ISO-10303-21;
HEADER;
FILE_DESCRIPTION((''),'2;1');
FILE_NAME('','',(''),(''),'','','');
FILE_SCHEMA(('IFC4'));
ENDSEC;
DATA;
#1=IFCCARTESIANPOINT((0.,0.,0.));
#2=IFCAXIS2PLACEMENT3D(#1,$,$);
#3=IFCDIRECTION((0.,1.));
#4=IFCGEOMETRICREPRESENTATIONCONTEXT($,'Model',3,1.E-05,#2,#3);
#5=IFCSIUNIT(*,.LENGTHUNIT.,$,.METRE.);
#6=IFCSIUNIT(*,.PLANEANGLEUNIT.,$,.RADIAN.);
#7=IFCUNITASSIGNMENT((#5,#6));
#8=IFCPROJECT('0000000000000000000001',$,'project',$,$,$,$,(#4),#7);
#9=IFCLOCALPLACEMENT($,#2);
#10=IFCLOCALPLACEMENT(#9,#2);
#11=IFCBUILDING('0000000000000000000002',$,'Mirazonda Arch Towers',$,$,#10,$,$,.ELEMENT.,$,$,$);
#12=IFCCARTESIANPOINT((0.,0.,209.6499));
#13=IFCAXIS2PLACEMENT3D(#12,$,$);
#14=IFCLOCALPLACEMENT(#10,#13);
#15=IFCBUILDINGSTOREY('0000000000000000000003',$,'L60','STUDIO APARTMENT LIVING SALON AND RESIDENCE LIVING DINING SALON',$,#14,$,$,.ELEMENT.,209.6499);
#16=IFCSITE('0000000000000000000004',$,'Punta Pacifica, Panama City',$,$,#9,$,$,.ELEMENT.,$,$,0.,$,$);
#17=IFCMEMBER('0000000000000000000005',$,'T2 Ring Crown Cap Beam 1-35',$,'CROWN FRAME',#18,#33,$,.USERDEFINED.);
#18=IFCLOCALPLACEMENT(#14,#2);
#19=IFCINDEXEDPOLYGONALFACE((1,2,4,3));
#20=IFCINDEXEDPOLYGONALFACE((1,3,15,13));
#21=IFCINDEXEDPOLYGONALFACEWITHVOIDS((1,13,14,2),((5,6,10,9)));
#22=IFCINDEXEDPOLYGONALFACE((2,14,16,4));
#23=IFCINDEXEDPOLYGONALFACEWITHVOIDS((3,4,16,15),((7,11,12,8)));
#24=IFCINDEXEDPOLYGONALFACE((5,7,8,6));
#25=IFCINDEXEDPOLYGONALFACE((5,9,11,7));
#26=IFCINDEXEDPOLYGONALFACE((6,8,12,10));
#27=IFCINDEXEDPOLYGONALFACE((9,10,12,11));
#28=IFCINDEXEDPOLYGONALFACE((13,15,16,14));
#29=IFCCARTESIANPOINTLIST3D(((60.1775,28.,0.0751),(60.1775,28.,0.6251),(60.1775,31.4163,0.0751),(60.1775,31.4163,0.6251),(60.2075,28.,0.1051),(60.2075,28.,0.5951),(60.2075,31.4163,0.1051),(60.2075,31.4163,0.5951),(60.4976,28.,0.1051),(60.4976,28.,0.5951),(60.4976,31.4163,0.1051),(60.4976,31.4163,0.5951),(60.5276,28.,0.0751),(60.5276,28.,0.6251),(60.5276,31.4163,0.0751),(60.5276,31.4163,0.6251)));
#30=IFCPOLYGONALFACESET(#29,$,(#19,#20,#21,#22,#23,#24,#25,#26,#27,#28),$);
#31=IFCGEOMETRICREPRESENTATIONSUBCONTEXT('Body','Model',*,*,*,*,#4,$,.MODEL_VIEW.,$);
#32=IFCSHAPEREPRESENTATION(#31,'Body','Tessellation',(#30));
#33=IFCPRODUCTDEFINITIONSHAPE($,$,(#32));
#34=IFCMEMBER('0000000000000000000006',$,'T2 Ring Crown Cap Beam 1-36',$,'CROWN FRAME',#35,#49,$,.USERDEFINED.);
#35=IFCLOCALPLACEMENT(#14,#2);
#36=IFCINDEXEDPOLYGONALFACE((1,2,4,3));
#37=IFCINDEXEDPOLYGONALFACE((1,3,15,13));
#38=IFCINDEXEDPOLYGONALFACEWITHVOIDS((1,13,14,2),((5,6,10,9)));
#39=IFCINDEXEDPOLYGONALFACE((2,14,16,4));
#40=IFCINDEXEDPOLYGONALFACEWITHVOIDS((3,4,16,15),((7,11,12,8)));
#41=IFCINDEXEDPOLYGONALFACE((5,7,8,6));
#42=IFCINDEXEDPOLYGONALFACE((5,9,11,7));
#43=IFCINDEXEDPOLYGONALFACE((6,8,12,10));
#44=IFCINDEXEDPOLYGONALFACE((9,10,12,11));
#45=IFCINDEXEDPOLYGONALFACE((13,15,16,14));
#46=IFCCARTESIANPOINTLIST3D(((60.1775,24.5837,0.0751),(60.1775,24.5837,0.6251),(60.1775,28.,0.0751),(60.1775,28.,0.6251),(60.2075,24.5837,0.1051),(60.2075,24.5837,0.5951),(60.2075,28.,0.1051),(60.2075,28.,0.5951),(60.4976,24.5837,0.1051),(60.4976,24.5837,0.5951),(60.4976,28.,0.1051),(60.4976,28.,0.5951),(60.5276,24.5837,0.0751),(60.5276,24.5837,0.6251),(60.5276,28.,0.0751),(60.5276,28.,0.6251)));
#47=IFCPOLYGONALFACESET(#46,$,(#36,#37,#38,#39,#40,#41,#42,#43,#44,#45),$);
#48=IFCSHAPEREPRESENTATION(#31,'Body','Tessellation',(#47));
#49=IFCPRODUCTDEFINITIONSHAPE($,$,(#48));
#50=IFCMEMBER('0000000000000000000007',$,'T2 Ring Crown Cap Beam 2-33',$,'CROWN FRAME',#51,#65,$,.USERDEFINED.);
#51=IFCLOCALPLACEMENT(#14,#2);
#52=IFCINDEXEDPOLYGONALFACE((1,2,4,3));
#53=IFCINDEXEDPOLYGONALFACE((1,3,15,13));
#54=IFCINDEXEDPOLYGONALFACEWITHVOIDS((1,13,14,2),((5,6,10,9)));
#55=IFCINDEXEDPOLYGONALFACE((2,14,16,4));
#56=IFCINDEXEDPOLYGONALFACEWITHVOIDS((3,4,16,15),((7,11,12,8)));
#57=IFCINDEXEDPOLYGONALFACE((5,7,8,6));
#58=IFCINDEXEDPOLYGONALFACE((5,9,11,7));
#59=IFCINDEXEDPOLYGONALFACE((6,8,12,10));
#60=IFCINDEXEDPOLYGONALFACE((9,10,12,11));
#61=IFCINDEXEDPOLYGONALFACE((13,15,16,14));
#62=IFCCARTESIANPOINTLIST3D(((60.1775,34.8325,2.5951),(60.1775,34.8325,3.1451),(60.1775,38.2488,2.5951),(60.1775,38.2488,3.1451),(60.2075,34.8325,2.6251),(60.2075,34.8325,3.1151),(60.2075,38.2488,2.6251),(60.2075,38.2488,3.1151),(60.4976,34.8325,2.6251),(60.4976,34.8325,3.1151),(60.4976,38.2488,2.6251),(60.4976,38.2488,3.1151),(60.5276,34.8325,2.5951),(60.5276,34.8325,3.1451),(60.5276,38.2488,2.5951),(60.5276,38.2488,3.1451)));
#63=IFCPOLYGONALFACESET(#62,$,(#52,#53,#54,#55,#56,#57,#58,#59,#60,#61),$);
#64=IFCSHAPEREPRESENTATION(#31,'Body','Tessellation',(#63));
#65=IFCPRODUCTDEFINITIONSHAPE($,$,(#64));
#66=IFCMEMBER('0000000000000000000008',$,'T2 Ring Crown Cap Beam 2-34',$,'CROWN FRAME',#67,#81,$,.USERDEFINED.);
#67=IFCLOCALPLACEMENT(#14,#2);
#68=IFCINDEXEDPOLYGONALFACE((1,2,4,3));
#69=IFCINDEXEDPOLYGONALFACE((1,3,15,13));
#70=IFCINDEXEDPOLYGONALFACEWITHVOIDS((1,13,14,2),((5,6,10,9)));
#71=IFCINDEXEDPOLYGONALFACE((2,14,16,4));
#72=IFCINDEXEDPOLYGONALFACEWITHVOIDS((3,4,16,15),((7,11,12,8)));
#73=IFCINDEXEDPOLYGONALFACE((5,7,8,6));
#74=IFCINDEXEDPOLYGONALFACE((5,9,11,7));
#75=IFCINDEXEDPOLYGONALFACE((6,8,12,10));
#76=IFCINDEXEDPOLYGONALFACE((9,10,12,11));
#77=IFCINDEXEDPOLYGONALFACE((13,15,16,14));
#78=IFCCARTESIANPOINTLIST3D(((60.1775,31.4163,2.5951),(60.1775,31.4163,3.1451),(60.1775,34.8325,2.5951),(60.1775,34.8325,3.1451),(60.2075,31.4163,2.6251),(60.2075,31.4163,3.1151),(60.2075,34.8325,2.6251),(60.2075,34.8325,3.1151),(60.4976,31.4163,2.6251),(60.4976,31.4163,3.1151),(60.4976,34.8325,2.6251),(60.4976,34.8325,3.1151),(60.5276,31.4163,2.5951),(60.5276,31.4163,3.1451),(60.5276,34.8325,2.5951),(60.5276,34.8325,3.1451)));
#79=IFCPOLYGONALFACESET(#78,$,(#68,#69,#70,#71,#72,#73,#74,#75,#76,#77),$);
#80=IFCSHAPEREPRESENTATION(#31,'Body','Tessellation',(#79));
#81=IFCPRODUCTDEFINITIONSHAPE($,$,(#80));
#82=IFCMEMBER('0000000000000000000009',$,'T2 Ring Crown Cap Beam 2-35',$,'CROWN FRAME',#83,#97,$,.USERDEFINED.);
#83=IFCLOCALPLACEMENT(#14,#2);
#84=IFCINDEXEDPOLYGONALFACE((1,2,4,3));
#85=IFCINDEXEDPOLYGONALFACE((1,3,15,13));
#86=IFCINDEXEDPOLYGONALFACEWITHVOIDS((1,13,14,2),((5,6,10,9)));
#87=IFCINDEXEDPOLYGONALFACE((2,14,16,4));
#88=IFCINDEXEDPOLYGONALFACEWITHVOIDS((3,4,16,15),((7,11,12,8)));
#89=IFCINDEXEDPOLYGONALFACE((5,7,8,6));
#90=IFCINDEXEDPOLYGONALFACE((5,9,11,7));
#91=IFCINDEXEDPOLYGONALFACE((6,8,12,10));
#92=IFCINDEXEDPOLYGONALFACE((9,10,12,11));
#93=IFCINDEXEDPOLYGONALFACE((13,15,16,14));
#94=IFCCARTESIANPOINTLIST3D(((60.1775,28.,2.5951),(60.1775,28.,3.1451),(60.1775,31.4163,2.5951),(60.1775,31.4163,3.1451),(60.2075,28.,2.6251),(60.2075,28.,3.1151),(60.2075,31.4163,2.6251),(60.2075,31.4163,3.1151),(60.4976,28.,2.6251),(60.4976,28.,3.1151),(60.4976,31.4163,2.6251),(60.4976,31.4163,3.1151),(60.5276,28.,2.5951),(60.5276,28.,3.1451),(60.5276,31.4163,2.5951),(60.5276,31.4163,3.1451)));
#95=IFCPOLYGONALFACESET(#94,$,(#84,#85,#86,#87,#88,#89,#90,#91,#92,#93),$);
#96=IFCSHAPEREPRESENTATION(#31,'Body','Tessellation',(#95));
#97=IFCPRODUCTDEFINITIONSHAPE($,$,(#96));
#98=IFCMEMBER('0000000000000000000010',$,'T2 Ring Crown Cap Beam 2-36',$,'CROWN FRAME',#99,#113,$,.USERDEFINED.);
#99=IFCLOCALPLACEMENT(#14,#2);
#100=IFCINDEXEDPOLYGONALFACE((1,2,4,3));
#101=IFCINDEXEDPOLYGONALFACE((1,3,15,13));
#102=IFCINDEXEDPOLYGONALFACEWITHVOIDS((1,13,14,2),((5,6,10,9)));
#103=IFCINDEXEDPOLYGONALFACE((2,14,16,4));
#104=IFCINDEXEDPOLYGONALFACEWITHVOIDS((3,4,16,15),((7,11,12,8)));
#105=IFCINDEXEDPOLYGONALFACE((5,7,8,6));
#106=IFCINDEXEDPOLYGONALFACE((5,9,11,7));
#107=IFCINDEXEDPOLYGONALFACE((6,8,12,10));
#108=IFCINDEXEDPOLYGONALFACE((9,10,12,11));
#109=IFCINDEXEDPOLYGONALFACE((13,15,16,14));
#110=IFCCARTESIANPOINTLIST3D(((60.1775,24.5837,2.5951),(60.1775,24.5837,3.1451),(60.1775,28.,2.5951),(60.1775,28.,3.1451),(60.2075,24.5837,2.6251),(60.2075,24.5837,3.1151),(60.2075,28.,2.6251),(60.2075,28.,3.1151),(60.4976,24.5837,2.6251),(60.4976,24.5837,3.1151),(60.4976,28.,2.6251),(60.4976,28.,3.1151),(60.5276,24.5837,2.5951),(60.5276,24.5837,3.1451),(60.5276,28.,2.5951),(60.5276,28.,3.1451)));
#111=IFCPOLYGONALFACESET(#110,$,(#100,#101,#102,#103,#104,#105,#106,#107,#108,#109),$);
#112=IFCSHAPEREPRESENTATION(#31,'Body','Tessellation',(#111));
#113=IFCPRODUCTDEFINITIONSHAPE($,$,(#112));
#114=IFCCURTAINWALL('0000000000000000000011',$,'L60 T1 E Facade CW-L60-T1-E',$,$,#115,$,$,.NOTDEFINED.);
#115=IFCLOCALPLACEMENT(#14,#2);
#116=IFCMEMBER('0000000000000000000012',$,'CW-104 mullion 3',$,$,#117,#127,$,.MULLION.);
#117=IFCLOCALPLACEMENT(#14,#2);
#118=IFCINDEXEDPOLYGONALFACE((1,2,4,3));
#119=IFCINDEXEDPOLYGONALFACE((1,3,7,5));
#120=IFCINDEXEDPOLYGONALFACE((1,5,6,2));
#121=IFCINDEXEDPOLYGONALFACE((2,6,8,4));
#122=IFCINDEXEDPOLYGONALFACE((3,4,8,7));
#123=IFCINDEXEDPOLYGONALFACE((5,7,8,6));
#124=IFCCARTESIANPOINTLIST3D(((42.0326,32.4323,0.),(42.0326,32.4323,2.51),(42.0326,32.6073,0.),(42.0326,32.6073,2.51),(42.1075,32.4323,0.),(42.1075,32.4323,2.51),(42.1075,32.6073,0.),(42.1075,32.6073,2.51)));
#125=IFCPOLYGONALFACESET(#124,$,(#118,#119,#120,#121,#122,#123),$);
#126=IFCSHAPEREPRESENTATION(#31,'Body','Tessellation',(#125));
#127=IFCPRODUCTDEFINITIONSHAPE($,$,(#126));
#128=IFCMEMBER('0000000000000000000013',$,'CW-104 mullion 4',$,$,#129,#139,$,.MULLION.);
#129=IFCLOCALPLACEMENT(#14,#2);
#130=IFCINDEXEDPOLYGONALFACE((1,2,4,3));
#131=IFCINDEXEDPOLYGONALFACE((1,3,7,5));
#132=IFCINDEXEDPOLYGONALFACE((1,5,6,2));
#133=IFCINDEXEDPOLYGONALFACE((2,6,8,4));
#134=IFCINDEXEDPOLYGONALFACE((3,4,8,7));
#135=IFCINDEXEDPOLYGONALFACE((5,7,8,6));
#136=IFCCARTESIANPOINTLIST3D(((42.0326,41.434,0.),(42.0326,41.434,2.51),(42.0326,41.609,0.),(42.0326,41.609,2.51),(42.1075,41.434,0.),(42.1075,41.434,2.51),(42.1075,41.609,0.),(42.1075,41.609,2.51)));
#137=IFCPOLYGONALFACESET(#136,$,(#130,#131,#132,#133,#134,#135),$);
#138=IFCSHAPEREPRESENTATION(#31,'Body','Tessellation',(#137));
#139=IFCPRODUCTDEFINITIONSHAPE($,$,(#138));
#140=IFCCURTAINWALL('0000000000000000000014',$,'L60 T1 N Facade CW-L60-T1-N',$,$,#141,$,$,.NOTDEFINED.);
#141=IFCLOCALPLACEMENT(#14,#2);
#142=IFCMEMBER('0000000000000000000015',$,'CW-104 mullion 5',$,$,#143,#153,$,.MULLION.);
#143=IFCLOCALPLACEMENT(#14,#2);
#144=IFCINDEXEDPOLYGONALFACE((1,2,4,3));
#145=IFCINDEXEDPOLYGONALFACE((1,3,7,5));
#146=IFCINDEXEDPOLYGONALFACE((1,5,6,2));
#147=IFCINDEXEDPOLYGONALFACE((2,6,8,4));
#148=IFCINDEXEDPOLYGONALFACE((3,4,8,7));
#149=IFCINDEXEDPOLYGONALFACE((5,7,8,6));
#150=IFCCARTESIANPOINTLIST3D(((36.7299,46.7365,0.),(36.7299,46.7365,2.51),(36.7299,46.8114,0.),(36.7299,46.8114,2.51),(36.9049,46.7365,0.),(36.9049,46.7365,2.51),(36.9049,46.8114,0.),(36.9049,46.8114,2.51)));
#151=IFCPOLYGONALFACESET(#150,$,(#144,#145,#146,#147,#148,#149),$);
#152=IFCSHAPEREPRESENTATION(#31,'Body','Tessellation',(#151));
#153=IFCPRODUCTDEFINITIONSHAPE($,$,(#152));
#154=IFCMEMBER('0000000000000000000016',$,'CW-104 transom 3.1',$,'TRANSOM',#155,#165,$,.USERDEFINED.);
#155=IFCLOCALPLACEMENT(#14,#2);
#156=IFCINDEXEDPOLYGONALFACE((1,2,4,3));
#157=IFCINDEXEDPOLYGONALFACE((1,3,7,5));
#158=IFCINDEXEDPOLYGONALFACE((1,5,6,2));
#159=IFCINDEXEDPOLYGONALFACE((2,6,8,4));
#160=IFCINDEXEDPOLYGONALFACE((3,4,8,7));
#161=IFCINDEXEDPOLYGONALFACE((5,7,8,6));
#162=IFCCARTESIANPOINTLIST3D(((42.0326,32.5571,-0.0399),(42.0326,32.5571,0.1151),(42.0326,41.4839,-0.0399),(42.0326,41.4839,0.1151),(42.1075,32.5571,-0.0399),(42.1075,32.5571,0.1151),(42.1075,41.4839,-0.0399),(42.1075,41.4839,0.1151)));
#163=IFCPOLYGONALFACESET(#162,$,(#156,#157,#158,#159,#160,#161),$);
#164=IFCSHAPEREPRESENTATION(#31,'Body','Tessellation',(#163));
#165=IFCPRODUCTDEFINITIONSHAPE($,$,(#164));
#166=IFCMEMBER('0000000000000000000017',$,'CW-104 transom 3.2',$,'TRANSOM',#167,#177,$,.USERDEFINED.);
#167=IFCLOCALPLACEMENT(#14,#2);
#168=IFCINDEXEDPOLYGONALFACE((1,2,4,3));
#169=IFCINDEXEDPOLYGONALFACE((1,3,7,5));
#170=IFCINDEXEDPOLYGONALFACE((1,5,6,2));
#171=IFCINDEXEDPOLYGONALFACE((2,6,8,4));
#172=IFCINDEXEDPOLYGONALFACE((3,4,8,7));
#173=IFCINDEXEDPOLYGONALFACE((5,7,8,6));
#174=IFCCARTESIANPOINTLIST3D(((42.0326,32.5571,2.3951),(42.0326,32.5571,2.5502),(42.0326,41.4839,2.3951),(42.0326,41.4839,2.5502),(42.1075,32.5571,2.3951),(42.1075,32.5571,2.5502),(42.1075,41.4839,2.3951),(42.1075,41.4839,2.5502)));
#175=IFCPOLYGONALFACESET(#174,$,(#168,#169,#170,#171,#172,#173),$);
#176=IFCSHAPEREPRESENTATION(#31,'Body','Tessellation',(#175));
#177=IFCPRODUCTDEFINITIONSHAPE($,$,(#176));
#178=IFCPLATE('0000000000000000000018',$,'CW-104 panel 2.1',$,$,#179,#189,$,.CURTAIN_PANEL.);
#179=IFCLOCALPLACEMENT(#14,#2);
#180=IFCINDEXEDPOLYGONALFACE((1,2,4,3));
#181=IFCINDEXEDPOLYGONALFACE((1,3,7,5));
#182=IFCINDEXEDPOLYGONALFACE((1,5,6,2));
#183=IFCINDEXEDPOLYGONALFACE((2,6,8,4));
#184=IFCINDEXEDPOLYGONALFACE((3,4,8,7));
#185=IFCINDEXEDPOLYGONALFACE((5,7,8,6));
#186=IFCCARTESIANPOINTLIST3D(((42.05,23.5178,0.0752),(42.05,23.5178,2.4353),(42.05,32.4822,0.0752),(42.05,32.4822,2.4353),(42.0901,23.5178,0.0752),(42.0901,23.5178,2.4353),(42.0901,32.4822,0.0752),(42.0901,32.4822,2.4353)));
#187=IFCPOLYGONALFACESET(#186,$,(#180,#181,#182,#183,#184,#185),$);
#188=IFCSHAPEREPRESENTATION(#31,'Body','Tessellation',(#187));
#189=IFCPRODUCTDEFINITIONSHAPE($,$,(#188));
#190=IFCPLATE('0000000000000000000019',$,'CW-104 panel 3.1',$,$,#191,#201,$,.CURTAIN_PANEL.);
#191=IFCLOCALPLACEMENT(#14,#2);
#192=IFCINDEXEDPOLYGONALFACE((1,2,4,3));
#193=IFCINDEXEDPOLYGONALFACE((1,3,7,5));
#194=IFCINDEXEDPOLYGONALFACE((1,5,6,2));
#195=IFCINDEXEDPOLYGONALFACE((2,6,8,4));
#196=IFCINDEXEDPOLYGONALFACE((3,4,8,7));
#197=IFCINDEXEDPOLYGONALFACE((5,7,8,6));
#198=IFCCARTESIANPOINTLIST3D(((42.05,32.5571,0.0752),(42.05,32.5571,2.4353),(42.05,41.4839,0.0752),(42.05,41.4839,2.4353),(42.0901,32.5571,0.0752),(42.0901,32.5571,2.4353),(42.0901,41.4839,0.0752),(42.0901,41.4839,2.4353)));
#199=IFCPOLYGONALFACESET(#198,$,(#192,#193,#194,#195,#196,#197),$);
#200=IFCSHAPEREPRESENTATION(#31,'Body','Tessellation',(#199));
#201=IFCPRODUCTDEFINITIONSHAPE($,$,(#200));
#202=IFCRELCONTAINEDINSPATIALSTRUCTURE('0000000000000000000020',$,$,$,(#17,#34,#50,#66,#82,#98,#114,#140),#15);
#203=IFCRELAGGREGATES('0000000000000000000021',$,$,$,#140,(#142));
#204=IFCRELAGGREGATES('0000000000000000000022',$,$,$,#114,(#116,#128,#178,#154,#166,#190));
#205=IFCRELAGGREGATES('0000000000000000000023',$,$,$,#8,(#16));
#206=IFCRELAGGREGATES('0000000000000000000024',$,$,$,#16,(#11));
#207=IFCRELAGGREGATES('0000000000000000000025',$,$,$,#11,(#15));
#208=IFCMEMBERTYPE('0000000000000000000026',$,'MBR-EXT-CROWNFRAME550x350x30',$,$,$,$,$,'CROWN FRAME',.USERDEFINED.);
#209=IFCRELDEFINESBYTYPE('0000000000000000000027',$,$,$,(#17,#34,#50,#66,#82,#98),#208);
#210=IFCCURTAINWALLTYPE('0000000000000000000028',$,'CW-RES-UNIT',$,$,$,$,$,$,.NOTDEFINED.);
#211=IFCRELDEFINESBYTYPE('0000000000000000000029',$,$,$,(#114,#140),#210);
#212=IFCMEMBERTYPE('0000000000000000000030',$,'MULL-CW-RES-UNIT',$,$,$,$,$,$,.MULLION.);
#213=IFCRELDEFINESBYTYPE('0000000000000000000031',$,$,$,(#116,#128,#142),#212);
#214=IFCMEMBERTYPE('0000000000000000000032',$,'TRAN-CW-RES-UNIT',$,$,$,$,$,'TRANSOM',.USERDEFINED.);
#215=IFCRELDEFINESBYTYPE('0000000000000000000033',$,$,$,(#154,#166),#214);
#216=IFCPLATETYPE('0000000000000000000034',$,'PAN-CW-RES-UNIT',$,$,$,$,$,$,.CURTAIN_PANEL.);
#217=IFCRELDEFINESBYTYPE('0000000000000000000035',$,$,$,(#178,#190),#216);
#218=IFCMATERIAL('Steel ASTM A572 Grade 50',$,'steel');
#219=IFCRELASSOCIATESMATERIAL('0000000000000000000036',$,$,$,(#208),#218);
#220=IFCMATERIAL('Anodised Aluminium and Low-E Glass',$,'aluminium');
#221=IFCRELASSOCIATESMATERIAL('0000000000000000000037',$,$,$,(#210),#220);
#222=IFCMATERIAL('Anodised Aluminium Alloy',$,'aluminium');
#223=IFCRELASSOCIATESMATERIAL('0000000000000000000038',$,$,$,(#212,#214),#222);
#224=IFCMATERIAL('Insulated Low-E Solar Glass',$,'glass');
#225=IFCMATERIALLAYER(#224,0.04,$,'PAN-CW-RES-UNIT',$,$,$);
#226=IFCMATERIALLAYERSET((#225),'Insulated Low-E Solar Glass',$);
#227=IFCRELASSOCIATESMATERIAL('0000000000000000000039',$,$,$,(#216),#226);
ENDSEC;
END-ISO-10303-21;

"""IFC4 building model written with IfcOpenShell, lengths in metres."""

from ifc_helpers import new_model, si_unit, direction, frame, origin, origin_2d, place, context, subcontext, project, spatial, rectangle, hollow_rectangle, extrude, material, layer, layer_set, material_profile, profile_set, type_object, element, aggregate, save


model = new_model("IFC4")

# Units and contexts
model_context = context("Model", 3, precision=1e-05, world=origin(), true_north=direction((0.0, 1.0)))
body_context = subcontext(model_context, "Body", "Model", "MODEL_VIEW")
ifc_project = project(units=[si_unit("LENGTHUNIT", "METRE"), si_unit("PLANEANGLEUNIT", "RADIAN")], contexts=[model_context])

# Site, building, storey
site_placement = place(None, origin())
site = spatial("IfcSite", under=ifc_project, at=site_placement, Name="Punta Pacifica, Panama City", CompositionType="ELEMENT", RefElevation=0.0)
building_placement = place(site_placement, origin())
building = spatial("IfcBuilding", under=site, at=building_placement, Name="Mirazonda Arch Towers", CompositionType="ELEMENT")
storey_placement = place(building_placement, frame((0.0, 0.0, 209.6499)))
storey = spatial("IfcBuildingStorey", under=building, at=storey_placement, Name="L60", Description="STUDIO APARTMENT LIVING SALON AND RESIDENCE LIVING DINING SALON", CompositionType="ELEMENT", Elevation=209.6499)

# Shared definitions
ifc_material_1 = material(Name="Steel ASTM A572 Grade 50", Category="steel")

# Members
ifc_material_profile_1 = material_profile(ifc_material_1, hollow_rectangle(XDim=0.3501, YDim=0.55, WallThickness=0.03, at=origin_2d()), Name="CROWNFRAME550x350x30")
ifc_profile_set_1 = profile_set([ifc_material_profile_1], Name="Steel ASTM A572 Grade 50")
member_type_1 = type_object("IfcMemberType", Name="MBR-EXT-CROWNFRAME550x350x30", ElementType="CROWN FRAME", PredefinedType="USERDEFINED", material=ifc_profile_set_1)
for number, where, z_axis, x_axis, name in (
    (1, (60.3525, 31.4163, 0.3501), (0.0, -1.0, 0.0), (1.0, 0.0, 0.0), "T2 Ring Crown Cap Beam 1-35"),
    (2, (60.3525, 28.0, 0.3501), (0.0, -1.0, 0.0), (1.0, 0.0, 0.0), "T2 Ring Crown Cap Beam 1-36"),
    (3, (60.3525, 38.2488, 2.8701), (0.0, -1.0, 0.0), (1.0, 0.0, 0.0), "T2 Ring Crown Cap Beam 2-33"),
    (4, (60.3525, 34.8325, 2.8701), (0.0, -1.0, 0.0), (1.0, 0.0, 0.0), "T2 Ring Crown Cap Beam 2-34"),
    (5, (60.3525, 31.4163, 2.8701), (0.0, -1.0, 0.0), (1.0, 0.0, 0.0), "T2 Ring Crown Cap Beam 2-35"),
    (6, (60.3525, 28.0, 2.8701), (0.0, -1.0, 0.0), (1.0, 0.0, 0.0), "T2 Ring Crown Cap Beam 2-36"),
):
    element("IfcMember", number, at=place(storey_placement, frame(where, z_axis=z_axis, x_axis=x_axis)), inside=storey, type_object=member_type_1, Name=name, ObjectType="CROWN FRAME", PredefinedType="USERDEFINED", context=body_context, shape_type="SweptSolid", body=[
        extrude(hollow_rectangle(XDim=0.3501, YDim=0.55, WallThickness=0.03, at=origin_2d()), origin(), (0.0, 0.0, 1.0), 3.4163),
    ])

# Curtain wall, members
ifc_material_2 = material(Name="Anodised Aluminium and Low-E Glass", Category="aluminium")
curtain_wall_type = type_object("IfcCurtainWallType", Name="CW-RES-UNIT", PredefinedType="NOTDEFINED", material=ifc_material_2)
curtain_wall_1_placement = place(storey_placement, origin())
curtain_wall_1 = element("IfcCurtainWall", 7, at=curtain_wall_1_placement, inside=storey, type_object=curtain_wall_type, Name="L60 T1 E Facade CW-L60-T1-E", PredefinedType="NOTDEFINED")
ifc_material_3 = material(Name="Anodised Aluminium Alloy", Category="aluminium")
ifc_material_profile_2 = material_profile(ifc_material_3, rectangle(XDim=0.075, YDim=0.175, at=origin_2d()), Name="ALU-MULL-75x175")
ifc_profile_set_2 = profile_set([ifc_material_profile_2], Name="Anodised Aluminium Alloy")
member_type_2 = type_object("IfcMemberType", Name="MULL-CW-RES-UNIT", PredefinedType="MULLION", material=ifc_profile_set_2)
member_1_placement = place(storey_placement, frame((42.0701, 32.5198, 0.0), z_axis=(0.0, 0.0, 1.0), x_axis=(-1.0, 0.0, 0.0)))
member_1 = element("IfcMember", 8, at=member_1_placement, type_object=member_type_2, Name="CW-104 mullion 3", PredefinedType="MULLION", context=body_context, shape_type="SweptSolid", body=[
    extrude(rectangle(XDim=0.075, YDim=0.175, at=origin_2d()), origin(), (0.0, 0.0, 1.0), 2.51),
])
member_2_placement = place(storey_placement, frame((42.0701, 41.5215, 0.0), z_axis=(0.0, 0.0, 1.0), x_axis=(-1.0, 0.0, 0.0)))
member_2 = element("IfcMember", 9, at=member_2_placement, type_object=member_type_2, Name="CW-104 mullion 4", PredefinedType="MULLION", context=body_context, shape_type="SweptSolid", body=[
    extrude(rectangle(XDim=0.075, YDim=0.175, at=origin_2d()), origin(), (0.0, 0.0, 1.0), 2.51),
])

# Curtain wall, member
curtain_wall_2_placement = place(storey_placement, origin())
curtain_wall_2 = element("IfcCurtainWall", 10, at=curtain_wall_2_placement, inside=storey, type_object=curtain_wall_type, Name="L60 T1 N Facade CW-L60-T1-N", PredefinedType="NOTDEFINED")
member_3_placement = place(storey_placement, frame((36.8174, 46.7739, 0.0), z_axis=(0.0, 0.0, 1.0), x_axis=(0.0, 1.0, 0.0)))
member_3 = element("IfcMember", 11, at=member_3_placement, type_object=member_type_2, Name="CW-104 mullion 5", PredefinedType="MULLION", context=body_context, shape_type="SweptSolid", body=[
    extrude(rectangle(XDim=0.075, YDim=0.175, at=origin_2d()), origin(), (0.0, 0.0, 1.0), 2.51),
])
aggregate(curtain_wall_2, [member_3])

# Members
ifc_material_profile_3 = material_profile(ifc_material_3, rectangle(XDim=0.075, YDim=0.155, at=origin_2d()), Name="ALU-TRAN-75x155")
ifc_profile_set_3 = profile_set([ifc_material_profile_3], Name="Anodised Aluminium Alloy")
member_type_3 = type_object("IfcMemberType", Name="TRAN-CW-RES-UNIT", ElementType="TRANSOM", PredefinedType="USERDEFINED", material=ifc_profile_set_3)
member_4_placement = place(storey_placement, frame((42.0701, 32.5571, 0.0376), z_axis=(0.0, 1.0, 0.0), x_axis=(-1.0, 0.0, 0.0)))
member_4 = element("IfcMember", 12, at=member_4_placement, type_object=member_type_3, Name="CW-104 transom 3.1", ObjectType="TRANSOM", PredefinedType="USERDEFINED", context=body_context, shape_type="SweptSolid", body=[
    extrude(rectangle(XDim=0.075, YDim=0.155, at=origin_2d()), origin(), (0.0, 0.0, 1.0), 8.9268),
])
member_5_placement = place(storey_placement, frame((42.0701, 32.5571, 2.4727), z_axis=(0.0, 1.0, 0.0), x_axis=(-1.0, 0.0, 0.0)))
member_5 = element("IfcMember", 13, at=member_5_placement, type_object=member_type_3, Name="CW-104 transom 3.2", ObjectType="TRANSOM", PredefinedType="USERDEFINED", context=body_context, shape_type="SweptSolid", body=[
    extrude(rectangle(XDim=0.075, YDim=0.155, at=origin_2d()), origin(), (0.0, 0.0, 1.0), 8.9268),
])

# Plates
ifc_material_4 = material(Name="Insulated Low-E Solar Glass", Category="glass")
ifc_layer_1 = layer(ifc_material_4, 0.04, Name="PAN-CW-RES-UNIT")
ifc_layer_set_1 = layer_set([ifc_layer_1], Name="Insulated Low-E Solar Glass")
plate_type_1 = type_object("IfcPlateType", Name="PAN-CW-RES-UNIT", PredefinedType="CURTAIN_PANEL", material=ifc_layer_set_1)
plate_1_placement = place(storey_placement, frame((42.0701, 28.0, 0.0752), z_axis=(0.0, 0.0, 1.0), x_axis=(0.0, 1.0, 0.0)))
plate_1 = element("IfcPlate", 14, at=plate_1_placement, type_object=plate_type_1, Name="CW-104 panel 2.1", PredefinedType="CURTAIN_PANEL", context=body_context, shape_type="SweptSolid", body=[
    extrude(rectangle(XDim=8.9644, YDim=0.04, at=origin_2d()), origin(), (0.0, 0.0, 1.0), 2.3601),
])
plate_2_placement = place(storey_placement, frame((42.0701, 37.0205, 0.0752), z_axis=(0.0, 0.0, 1.0), x_axis=(0.0, 1.0, 0.0)))
plate_2 = element("IfcPlate", 15, at=plate_2_placement, type_object=plate_type_1, Name="CW-104 panel 3.1", PredefinedType="CURTAIN_PANEL", context=body_context, shape_type="SweptSolid", body=[
    extrude(rectangle(XDim=8.9268, YDim=0.04, at=origin_2d()), origin(), (0.0, 0.0, 1.0), 2.3601),
])
aggregate(curtain_wall_1, [member_1, member_2, plate_1, member_4, member_5, plate_2])

save(model, "model.ifc")
